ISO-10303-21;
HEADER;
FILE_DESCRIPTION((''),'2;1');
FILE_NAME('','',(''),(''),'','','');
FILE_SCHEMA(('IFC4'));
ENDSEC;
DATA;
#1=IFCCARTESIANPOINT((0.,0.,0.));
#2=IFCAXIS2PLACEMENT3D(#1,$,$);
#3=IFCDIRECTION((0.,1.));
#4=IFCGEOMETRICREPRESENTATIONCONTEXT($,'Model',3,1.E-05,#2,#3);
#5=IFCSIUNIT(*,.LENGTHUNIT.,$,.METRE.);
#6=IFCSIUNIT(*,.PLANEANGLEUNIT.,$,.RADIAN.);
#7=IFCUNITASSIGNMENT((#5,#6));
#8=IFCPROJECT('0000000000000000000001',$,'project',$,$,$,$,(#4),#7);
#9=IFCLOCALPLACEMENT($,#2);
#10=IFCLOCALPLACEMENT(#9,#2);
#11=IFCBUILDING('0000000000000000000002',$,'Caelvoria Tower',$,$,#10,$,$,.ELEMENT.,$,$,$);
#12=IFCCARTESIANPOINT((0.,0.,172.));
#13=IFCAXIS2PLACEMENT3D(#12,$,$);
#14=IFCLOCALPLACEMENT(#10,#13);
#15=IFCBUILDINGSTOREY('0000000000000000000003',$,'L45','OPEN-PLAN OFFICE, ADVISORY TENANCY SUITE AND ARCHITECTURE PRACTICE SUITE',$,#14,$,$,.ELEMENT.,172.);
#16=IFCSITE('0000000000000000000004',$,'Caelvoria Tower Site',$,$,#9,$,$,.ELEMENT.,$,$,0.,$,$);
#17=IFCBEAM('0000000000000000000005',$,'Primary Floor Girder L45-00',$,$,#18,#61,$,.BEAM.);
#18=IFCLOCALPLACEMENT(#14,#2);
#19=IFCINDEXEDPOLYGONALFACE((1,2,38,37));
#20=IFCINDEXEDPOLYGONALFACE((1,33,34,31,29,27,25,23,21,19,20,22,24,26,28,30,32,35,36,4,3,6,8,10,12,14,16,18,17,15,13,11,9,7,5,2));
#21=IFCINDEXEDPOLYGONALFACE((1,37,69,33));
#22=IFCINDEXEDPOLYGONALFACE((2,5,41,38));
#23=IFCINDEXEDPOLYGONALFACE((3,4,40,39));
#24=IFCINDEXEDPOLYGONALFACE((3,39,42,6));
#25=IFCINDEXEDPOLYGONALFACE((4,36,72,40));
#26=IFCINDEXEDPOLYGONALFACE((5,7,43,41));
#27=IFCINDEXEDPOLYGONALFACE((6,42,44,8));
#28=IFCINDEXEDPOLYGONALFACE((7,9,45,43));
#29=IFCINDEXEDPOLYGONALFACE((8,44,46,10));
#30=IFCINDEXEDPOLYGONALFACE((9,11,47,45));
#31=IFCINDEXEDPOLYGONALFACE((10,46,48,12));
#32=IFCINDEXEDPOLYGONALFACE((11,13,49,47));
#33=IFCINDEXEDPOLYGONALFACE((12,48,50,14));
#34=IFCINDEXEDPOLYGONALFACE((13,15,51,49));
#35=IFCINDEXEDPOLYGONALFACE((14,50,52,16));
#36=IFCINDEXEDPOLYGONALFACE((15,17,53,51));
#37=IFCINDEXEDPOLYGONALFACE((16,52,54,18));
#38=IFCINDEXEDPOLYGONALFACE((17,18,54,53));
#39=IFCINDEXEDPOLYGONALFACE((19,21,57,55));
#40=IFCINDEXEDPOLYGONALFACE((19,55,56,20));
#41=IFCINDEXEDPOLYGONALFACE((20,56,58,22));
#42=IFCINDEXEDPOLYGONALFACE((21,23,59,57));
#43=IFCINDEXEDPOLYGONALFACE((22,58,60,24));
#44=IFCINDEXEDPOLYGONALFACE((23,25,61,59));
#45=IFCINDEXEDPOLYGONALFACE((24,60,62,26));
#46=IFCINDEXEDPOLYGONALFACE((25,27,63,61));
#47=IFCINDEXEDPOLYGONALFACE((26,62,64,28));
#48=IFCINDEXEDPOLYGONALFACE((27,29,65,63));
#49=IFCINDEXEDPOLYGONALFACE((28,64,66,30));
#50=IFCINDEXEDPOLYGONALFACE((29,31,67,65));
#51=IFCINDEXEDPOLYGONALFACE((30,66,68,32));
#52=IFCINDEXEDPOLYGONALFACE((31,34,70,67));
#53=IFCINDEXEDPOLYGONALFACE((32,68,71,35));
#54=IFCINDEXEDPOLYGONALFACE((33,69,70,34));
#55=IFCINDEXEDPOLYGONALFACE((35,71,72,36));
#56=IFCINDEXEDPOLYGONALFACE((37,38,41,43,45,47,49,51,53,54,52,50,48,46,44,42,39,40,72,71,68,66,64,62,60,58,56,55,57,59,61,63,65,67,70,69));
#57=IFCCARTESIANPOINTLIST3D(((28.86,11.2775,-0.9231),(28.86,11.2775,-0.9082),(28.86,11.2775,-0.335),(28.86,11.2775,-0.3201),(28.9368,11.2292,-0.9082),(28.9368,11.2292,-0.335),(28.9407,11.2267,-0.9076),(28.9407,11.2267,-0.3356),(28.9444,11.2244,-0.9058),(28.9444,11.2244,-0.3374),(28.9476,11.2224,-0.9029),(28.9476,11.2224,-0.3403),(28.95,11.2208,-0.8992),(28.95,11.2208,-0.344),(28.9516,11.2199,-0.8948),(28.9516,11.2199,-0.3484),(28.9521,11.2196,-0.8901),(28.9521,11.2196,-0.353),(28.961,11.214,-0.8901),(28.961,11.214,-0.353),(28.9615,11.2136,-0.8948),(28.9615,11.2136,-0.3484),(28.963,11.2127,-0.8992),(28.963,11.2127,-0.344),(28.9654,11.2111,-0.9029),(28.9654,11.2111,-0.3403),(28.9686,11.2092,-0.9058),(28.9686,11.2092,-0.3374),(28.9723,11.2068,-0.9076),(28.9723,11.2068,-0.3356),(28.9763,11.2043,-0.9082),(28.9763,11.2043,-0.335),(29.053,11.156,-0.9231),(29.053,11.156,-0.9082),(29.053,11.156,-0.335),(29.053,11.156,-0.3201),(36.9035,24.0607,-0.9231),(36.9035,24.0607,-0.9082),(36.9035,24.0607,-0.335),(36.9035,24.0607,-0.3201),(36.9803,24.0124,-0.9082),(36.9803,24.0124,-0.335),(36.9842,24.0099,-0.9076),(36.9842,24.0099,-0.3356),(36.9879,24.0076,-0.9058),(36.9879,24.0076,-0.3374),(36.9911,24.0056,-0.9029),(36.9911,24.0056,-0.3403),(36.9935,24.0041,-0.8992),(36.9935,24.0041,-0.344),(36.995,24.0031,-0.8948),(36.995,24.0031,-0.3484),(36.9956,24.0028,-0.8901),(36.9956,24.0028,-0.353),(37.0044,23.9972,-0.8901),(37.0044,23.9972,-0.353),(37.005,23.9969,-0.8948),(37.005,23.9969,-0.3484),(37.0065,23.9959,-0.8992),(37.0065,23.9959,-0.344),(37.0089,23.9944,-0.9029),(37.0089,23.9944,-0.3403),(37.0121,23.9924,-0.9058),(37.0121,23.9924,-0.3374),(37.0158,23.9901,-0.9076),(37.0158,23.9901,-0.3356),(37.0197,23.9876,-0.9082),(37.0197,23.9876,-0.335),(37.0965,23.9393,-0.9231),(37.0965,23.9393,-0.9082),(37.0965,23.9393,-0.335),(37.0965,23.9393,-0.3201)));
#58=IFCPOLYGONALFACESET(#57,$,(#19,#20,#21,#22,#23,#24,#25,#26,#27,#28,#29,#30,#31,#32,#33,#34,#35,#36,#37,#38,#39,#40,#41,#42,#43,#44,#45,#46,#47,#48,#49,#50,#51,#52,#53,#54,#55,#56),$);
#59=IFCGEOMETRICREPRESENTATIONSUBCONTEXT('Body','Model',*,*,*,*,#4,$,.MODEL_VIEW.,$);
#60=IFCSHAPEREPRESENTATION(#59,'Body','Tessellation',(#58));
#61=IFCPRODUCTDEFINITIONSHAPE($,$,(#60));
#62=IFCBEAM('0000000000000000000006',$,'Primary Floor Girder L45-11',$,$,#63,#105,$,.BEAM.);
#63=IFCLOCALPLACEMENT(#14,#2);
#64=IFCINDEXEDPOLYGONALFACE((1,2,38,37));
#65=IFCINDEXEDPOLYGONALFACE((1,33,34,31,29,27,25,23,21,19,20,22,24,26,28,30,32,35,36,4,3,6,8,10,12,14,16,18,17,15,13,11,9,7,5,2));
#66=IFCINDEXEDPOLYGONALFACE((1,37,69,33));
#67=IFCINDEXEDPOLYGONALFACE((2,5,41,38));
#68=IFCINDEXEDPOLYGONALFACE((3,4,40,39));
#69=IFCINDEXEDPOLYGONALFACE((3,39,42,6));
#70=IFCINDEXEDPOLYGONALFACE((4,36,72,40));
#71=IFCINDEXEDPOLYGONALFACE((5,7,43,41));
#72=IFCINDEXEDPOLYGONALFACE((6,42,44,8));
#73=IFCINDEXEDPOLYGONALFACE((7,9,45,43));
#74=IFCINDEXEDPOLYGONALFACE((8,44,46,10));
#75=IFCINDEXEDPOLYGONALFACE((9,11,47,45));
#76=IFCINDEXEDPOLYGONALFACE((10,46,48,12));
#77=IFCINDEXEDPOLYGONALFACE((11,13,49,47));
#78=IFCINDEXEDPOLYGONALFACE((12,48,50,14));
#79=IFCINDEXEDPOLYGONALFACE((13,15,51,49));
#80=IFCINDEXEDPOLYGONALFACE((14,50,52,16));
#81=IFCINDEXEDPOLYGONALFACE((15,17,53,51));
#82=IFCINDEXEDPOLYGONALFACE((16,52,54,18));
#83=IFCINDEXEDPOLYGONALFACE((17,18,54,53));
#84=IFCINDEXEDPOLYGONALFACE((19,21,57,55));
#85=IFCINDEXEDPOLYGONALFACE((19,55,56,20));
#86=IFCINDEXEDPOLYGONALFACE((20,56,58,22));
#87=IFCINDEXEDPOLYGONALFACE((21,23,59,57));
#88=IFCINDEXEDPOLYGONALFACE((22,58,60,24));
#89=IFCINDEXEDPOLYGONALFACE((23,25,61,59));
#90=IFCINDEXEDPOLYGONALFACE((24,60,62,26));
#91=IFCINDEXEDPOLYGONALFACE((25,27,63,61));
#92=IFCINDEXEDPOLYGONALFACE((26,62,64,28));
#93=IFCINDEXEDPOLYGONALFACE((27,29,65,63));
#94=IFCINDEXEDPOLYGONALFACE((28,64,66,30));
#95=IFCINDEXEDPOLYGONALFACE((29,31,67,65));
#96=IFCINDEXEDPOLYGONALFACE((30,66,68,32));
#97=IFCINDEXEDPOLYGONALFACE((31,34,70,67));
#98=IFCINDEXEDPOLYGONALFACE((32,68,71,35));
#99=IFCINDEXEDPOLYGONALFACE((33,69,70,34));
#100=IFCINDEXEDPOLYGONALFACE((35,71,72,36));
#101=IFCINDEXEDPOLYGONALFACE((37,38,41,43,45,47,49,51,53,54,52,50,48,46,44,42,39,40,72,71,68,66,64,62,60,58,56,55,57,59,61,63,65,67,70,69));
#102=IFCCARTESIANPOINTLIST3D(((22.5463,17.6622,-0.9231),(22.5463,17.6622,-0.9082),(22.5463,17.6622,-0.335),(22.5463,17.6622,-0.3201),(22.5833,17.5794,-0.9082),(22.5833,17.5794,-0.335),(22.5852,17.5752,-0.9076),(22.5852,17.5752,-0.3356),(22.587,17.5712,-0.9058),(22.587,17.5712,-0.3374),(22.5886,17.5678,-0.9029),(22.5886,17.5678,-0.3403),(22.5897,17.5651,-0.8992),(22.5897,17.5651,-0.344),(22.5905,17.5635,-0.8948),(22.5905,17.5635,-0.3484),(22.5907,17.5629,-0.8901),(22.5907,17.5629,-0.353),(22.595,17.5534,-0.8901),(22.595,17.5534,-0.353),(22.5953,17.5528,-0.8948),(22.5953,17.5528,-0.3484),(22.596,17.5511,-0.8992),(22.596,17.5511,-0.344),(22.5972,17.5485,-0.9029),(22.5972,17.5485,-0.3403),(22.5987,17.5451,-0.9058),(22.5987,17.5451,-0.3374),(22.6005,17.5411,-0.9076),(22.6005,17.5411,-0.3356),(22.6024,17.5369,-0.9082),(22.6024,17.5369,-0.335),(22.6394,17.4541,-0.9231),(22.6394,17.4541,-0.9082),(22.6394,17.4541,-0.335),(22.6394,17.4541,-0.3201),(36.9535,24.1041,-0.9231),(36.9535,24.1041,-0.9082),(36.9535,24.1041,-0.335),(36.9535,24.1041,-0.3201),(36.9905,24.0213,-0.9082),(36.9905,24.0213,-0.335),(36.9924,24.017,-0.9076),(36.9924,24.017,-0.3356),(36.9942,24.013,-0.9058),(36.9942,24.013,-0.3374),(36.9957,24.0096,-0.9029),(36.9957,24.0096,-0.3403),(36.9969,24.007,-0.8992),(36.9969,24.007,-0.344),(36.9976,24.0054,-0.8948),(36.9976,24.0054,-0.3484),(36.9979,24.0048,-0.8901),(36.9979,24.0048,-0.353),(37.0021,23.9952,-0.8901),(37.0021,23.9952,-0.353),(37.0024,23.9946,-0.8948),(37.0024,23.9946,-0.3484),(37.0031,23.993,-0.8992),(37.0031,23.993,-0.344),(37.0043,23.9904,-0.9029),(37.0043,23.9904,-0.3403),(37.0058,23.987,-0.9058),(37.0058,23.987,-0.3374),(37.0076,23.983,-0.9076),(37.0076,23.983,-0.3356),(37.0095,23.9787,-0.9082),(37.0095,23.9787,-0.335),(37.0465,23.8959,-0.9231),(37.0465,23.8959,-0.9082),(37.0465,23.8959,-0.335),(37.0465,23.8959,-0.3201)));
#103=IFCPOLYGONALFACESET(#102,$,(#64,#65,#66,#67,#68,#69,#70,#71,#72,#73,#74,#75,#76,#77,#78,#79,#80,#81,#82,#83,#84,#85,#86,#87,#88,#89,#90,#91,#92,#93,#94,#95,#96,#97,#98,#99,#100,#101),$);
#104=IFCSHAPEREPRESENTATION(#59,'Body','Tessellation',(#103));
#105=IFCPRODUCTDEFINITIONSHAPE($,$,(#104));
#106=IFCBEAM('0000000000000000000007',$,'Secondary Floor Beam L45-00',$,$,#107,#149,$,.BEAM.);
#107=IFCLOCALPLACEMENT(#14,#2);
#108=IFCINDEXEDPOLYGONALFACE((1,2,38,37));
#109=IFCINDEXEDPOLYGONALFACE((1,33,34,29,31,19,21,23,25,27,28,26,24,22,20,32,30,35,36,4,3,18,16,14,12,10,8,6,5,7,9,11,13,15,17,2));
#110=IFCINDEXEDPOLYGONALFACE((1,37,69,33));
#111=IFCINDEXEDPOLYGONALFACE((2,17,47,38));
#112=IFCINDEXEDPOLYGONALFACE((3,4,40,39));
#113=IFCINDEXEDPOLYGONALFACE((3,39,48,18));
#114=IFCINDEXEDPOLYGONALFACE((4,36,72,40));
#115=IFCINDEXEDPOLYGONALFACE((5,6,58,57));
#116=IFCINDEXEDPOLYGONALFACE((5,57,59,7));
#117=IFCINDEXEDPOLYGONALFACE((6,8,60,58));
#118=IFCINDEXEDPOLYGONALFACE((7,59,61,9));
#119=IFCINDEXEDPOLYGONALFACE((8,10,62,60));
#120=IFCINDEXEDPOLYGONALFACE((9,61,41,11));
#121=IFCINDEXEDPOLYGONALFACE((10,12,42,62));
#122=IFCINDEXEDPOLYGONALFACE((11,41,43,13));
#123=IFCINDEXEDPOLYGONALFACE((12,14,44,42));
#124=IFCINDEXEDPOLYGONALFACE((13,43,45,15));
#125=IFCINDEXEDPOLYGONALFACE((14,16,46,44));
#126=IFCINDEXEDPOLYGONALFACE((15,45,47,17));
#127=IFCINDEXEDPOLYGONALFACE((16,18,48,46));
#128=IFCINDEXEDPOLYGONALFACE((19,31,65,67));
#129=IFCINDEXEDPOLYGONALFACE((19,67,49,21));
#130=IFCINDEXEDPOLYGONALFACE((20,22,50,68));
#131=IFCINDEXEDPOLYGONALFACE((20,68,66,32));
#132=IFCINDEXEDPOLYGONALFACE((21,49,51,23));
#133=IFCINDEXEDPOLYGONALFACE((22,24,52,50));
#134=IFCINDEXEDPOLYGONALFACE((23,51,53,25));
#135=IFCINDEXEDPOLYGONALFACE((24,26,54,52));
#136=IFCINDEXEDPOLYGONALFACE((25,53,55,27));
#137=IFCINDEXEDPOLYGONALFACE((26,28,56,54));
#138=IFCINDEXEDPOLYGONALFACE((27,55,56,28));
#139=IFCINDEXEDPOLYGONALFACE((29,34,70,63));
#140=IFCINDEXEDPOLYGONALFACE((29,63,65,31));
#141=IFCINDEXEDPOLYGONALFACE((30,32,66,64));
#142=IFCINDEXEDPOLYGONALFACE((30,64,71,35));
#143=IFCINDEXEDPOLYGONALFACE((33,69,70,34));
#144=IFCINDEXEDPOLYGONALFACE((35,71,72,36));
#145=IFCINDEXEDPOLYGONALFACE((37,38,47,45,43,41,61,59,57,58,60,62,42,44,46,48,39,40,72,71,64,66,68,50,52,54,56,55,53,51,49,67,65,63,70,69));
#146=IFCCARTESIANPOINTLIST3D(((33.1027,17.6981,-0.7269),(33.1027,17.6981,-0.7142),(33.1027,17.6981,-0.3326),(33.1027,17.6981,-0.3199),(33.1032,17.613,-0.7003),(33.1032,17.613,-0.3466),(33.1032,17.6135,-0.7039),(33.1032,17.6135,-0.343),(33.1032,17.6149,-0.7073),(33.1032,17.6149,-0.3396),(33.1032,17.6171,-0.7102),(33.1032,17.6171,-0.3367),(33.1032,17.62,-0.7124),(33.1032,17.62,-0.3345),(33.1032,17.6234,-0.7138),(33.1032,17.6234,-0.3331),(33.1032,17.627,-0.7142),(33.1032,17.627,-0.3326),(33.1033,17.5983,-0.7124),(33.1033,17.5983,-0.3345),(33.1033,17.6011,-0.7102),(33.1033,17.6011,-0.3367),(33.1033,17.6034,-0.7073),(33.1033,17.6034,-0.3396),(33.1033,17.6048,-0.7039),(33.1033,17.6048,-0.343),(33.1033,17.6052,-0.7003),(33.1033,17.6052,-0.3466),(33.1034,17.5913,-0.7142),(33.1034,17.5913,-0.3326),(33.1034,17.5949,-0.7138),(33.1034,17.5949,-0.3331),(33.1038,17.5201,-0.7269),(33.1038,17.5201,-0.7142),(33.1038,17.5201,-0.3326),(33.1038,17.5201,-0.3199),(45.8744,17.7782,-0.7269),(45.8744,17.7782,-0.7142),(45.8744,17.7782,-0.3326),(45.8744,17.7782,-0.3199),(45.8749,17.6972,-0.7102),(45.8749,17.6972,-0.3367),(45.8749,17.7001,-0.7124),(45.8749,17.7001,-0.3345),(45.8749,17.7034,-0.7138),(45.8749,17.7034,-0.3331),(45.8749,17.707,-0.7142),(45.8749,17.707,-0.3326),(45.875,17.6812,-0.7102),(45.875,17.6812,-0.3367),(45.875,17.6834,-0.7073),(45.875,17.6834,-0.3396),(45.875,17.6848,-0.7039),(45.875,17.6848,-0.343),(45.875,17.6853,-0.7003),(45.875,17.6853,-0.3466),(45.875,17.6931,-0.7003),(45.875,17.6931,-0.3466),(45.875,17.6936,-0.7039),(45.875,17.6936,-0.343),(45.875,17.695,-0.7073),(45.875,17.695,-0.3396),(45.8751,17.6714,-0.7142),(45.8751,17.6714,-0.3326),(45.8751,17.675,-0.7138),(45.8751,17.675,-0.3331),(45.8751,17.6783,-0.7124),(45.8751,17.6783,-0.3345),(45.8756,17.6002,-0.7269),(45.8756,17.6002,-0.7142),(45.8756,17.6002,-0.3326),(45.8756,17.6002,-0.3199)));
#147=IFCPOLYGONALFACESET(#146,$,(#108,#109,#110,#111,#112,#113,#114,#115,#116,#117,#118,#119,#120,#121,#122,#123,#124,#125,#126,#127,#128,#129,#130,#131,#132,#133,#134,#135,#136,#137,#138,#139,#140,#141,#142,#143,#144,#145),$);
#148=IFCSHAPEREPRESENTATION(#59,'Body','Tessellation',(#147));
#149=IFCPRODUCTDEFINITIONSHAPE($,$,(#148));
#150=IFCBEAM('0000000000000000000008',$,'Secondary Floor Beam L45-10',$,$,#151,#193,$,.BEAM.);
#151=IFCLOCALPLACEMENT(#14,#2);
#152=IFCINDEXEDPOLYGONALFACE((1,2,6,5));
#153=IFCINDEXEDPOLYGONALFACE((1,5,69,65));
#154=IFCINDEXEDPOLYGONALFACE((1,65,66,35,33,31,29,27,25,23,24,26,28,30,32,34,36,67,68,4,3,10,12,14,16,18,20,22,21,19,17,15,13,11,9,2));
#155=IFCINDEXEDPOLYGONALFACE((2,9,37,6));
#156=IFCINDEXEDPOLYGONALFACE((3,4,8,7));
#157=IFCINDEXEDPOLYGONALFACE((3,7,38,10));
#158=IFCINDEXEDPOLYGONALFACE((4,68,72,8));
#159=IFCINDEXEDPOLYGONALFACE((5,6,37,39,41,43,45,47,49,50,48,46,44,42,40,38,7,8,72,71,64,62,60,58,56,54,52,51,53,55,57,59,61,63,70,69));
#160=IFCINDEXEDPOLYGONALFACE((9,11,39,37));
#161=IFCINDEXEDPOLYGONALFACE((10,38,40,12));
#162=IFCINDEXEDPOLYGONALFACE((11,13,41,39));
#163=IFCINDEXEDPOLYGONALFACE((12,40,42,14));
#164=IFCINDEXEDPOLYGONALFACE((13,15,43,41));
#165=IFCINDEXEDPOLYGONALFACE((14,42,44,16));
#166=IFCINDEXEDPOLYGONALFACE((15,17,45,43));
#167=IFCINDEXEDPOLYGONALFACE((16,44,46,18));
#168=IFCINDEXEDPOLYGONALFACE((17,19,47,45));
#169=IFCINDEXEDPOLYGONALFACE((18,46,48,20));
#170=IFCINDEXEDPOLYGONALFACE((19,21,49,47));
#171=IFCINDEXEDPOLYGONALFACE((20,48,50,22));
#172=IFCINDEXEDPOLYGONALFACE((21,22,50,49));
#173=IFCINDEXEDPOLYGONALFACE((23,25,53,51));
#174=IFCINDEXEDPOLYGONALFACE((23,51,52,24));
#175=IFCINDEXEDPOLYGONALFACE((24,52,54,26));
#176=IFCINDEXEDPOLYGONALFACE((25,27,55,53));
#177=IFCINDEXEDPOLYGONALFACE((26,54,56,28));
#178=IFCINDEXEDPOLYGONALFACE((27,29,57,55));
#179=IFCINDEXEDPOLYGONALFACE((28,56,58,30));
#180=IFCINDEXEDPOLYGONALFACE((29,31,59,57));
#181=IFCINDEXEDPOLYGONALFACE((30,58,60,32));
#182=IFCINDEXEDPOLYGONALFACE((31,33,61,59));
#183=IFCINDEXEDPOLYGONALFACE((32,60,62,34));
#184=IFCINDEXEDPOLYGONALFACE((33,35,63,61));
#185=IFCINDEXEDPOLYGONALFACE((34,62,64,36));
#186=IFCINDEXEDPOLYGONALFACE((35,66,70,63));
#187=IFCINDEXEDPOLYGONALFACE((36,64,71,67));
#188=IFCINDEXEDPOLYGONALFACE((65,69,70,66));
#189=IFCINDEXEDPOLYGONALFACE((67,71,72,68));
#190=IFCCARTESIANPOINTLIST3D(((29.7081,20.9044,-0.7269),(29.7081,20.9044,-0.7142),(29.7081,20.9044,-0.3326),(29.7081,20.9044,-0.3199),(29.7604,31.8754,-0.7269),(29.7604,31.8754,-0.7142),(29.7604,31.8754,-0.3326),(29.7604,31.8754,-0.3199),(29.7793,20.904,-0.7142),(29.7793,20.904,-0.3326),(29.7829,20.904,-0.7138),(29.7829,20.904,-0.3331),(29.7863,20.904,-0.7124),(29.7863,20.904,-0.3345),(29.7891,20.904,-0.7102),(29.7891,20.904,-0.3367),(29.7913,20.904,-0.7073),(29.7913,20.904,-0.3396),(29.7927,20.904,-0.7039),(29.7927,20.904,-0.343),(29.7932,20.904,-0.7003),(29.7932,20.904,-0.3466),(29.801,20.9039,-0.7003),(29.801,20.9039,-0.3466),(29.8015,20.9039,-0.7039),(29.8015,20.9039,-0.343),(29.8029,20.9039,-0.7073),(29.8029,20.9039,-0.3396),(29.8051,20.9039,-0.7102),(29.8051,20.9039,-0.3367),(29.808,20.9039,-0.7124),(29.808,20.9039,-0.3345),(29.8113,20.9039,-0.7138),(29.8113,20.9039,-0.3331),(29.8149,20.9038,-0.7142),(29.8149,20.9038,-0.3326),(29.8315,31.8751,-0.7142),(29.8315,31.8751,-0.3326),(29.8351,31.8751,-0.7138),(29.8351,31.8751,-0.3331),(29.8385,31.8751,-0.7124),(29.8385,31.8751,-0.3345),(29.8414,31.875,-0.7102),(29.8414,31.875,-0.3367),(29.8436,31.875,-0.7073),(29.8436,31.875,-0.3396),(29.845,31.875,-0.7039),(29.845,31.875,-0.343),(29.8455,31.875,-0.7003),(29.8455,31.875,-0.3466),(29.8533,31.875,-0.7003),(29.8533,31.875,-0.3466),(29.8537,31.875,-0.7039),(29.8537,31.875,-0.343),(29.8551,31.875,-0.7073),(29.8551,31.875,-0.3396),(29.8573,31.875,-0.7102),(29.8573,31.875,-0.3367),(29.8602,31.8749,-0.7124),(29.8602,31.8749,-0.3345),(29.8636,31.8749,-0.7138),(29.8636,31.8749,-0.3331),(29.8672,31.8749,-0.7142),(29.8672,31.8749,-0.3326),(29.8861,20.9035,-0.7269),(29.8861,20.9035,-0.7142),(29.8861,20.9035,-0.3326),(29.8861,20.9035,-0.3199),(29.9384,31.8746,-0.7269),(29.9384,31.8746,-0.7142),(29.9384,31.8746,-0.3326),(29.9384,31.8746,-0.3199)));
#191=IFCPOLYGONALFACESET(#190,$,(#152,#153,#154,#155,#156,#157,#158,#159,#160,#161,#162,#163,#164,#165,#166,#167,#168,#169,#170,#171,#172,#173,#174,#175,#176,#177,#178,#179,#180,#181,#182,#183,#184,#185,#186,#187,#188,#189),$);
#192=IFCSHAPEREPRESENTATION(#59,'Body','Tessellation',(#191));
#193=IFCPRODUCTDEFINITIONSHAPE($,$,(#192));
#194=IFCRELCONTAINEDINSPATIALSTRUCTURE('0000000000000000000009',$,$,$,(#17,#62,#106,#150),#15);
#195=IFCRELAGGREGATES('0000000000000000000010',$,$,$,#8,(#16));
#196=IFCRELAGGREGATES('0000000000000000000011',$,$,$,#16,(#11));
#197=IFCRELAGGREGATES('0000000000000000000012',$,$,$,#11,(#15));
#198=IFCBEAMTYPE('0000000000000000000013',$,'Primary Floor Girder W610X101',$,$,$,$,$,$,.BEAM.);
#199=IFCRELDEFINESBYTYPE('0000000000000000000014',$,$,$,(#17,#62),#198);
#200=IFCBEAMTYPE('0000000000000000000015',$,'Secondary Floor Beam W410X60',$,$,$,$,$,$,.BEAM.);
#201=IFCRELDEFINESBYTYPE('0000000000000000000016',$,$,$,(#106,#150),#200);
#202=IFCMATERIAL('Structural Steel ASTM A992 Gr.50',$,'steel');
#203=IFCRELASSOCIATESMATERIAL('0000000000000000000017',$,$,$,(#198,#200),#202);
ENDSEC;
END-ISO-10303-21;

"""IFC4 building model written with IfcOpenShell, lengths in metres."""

from ifc_helpers import new_model, si_unit, direction, frame, origin, origin_2d, place, context, subcontext, project, spatial, i_section, extrude, material, material_profile, profile_set, type_object, element, save


model = new_model("IFC4")

# Units and contexts
model_context = context("Model", 3, precision=1e-05, world=origin(), true_north=direction((0.0, 1.0)))
body_context = subcontext(model_context, "Body", "Model", "MODEL_VIEW")
ifc_project = project(units=[si_unit("LENGTHUNIT", "METRE"), si_unit("PLANEANGLEUNIT", "RADIAN")], contexts=[model_context])

# Site, building, storey
site_placement = place(None, origin())
site = spatial("IfcSite", under=ifc_project, at=site_placement, Name="Caelvoria Tower Site", CompositionType="ELEMENT", RefElevation=0.0)
building_placement = place(site_placement, origin())
building = spatial("IfcBuilding", under=site, at=building_placement, Name="Caelvoria Tower", CompositionType="ELEMENT")
storey_placement = place(building_placement, frame((0.0, 0.0, 172.0)))
storey = spatial("IfcBuildingStorey", under=building, at=storey_placement, Name="L45", Description="OPEN-PLAN OFFICE, ADVISORY TENANCY SUITE AND ARCHITECTURE PRACTICE SUITE", CompositionType="ELEMENT", Elevation=172.0)

# Beams
ifc_material_1 = material(Name="Structural Steel ASTM A992 Gr.50", Category="steel")
ifc_material_profile_1 = material_profile(ifc_material_1, i_section(OverallWidth=0.228, OverallDepth=0.603, WebThickness=0.0105, FlangeThickness=0.0149, FilletRadius=0.0181, at=origin_2d()), Name="Structural Steel ASTM A992 Gr.50")
ifc_profile_set_1 = profile_set([ifc_material_profile_1], Name="W610X101 - Structural Steel ASTM A992 Gr.50")
beam_type_1 = type_object("IfcBeamType", Name="Primary Floor Girder W610X101", PredefinedType="BEAM", material=ifc_profile_set_1)
beam_1_placement = place(storey_placement, frame((37.0, 24.0, -0.6216), z_axis=(-0.532565, -0.846389, 0.0), x_axis=(0.846389, -0.532565, 0.0)))
element("IfcBeam", 1, at=beam_1_placement, inside=storey, type_object=beam_type_1, Name="Primary Floor Girder L45-00", PredefinedType="BEAM", context=body_context, shape_type="SweptSolid", body=[
    extrude(i_section(OverallWidth=0.228, OverallDepth=0.603, WebThickness=0.0105, FlangeThickness=0.0149, FilletRadius=0.0181, at=origin_2d()), origin(), (0.0, 0.0, 1.0), 15.1033),
])
beam_2_placement = place(storey_placement, frame((37.0, 24.0, -0.6216), z_axis=(-0.9129, -0.408184, 0.0), x_axis=(0.408184, -0.9129, 0.0)))
element("IfcBeam", 2, at=beam_2_placement, inside=storey, type_object=beam_type_1, Name="Primary Floor Girder L45-11", PredefinedType="BEAM", context=body_context, shape_type="SweptSolid", body=[
    extrude(i_section(OverallWidth=0.228, OverallDepth=0.603, WebThickness=0.0105, FlangeThickness=0.0149, FilletRadius=0.0181, at=origin_2d()), origin(), (0.0, 0.0, 1.0), 15.7817),
])
ifc_material_profile_2 = material_profile(ifc_material_1, i_section(OverallWidth=0.178, OverallDepth=0.407, WebThickness=0.0078, FlangeThickness=0.0127, FilletRadius=0.0139, at=origin_2d()), Name="Structural Steel ASTM A992 Gr.50")
ifc_profile_set_2 = profile_set([ifc_material_profile_2], Name="W410X60 - Structural Steel ASTM A992 Gr.50")
beam_type_2 = type_object("IfcBeamType", Name="Secondary Floor Beam W410X60", PredefinedType="BEAM", material=ifc_profile_set_2)
beam_3_placement = place(storey_placement, frame((33.1033, 17.6091, -0.5234), z_axis=(0.99998, 0.00627, 0.0), x_axis=(-0.00627, 0.99998, 0.0)))
element("IfcBeam", 3, at=beam_3_placement, inside=storey, type_object=beam_type_2, Name="Secondary Floor Beam L45-00", PredefinedType="BEAM", context=body_context, shape_type="SweptSolid", body=[
    extrude(i_section(OverallWidth=0.178, OverallDepth=0.407, WebThickness=0.0078, FlangeThickness=0.0127, FilletRadius=0.0139, at=origin_2d()), origin(), (0.0, 0.0, 1.0), 12.772),
])
beam_4_placement = place(storey_placement, frame((29.8494, 31.875, -0.5234), z_axis=(-0.004762, -0.999989, 0.0), x_axis=(0.999989, -0.004762, 0.0)))
element("IfcBeam", 4, at=beam_4_placement, inside=storey, type_object=beam_type_2, Name="Secondary Floor Beam L45-10", PredefinedType="BEAM", context=body_context, shape_type="SweptSolid", body=[
    extrude(i_section(OverallWidth=0.178, OverallDepth=0.407, WebThickness=0.0078, FlangeThickness=0.0127, FilletRadius=0.0139, at=origin_2d()), origin(), (0.0, 0.0, 1.0), 10.9712),
])

save(model, "model.ifc")
